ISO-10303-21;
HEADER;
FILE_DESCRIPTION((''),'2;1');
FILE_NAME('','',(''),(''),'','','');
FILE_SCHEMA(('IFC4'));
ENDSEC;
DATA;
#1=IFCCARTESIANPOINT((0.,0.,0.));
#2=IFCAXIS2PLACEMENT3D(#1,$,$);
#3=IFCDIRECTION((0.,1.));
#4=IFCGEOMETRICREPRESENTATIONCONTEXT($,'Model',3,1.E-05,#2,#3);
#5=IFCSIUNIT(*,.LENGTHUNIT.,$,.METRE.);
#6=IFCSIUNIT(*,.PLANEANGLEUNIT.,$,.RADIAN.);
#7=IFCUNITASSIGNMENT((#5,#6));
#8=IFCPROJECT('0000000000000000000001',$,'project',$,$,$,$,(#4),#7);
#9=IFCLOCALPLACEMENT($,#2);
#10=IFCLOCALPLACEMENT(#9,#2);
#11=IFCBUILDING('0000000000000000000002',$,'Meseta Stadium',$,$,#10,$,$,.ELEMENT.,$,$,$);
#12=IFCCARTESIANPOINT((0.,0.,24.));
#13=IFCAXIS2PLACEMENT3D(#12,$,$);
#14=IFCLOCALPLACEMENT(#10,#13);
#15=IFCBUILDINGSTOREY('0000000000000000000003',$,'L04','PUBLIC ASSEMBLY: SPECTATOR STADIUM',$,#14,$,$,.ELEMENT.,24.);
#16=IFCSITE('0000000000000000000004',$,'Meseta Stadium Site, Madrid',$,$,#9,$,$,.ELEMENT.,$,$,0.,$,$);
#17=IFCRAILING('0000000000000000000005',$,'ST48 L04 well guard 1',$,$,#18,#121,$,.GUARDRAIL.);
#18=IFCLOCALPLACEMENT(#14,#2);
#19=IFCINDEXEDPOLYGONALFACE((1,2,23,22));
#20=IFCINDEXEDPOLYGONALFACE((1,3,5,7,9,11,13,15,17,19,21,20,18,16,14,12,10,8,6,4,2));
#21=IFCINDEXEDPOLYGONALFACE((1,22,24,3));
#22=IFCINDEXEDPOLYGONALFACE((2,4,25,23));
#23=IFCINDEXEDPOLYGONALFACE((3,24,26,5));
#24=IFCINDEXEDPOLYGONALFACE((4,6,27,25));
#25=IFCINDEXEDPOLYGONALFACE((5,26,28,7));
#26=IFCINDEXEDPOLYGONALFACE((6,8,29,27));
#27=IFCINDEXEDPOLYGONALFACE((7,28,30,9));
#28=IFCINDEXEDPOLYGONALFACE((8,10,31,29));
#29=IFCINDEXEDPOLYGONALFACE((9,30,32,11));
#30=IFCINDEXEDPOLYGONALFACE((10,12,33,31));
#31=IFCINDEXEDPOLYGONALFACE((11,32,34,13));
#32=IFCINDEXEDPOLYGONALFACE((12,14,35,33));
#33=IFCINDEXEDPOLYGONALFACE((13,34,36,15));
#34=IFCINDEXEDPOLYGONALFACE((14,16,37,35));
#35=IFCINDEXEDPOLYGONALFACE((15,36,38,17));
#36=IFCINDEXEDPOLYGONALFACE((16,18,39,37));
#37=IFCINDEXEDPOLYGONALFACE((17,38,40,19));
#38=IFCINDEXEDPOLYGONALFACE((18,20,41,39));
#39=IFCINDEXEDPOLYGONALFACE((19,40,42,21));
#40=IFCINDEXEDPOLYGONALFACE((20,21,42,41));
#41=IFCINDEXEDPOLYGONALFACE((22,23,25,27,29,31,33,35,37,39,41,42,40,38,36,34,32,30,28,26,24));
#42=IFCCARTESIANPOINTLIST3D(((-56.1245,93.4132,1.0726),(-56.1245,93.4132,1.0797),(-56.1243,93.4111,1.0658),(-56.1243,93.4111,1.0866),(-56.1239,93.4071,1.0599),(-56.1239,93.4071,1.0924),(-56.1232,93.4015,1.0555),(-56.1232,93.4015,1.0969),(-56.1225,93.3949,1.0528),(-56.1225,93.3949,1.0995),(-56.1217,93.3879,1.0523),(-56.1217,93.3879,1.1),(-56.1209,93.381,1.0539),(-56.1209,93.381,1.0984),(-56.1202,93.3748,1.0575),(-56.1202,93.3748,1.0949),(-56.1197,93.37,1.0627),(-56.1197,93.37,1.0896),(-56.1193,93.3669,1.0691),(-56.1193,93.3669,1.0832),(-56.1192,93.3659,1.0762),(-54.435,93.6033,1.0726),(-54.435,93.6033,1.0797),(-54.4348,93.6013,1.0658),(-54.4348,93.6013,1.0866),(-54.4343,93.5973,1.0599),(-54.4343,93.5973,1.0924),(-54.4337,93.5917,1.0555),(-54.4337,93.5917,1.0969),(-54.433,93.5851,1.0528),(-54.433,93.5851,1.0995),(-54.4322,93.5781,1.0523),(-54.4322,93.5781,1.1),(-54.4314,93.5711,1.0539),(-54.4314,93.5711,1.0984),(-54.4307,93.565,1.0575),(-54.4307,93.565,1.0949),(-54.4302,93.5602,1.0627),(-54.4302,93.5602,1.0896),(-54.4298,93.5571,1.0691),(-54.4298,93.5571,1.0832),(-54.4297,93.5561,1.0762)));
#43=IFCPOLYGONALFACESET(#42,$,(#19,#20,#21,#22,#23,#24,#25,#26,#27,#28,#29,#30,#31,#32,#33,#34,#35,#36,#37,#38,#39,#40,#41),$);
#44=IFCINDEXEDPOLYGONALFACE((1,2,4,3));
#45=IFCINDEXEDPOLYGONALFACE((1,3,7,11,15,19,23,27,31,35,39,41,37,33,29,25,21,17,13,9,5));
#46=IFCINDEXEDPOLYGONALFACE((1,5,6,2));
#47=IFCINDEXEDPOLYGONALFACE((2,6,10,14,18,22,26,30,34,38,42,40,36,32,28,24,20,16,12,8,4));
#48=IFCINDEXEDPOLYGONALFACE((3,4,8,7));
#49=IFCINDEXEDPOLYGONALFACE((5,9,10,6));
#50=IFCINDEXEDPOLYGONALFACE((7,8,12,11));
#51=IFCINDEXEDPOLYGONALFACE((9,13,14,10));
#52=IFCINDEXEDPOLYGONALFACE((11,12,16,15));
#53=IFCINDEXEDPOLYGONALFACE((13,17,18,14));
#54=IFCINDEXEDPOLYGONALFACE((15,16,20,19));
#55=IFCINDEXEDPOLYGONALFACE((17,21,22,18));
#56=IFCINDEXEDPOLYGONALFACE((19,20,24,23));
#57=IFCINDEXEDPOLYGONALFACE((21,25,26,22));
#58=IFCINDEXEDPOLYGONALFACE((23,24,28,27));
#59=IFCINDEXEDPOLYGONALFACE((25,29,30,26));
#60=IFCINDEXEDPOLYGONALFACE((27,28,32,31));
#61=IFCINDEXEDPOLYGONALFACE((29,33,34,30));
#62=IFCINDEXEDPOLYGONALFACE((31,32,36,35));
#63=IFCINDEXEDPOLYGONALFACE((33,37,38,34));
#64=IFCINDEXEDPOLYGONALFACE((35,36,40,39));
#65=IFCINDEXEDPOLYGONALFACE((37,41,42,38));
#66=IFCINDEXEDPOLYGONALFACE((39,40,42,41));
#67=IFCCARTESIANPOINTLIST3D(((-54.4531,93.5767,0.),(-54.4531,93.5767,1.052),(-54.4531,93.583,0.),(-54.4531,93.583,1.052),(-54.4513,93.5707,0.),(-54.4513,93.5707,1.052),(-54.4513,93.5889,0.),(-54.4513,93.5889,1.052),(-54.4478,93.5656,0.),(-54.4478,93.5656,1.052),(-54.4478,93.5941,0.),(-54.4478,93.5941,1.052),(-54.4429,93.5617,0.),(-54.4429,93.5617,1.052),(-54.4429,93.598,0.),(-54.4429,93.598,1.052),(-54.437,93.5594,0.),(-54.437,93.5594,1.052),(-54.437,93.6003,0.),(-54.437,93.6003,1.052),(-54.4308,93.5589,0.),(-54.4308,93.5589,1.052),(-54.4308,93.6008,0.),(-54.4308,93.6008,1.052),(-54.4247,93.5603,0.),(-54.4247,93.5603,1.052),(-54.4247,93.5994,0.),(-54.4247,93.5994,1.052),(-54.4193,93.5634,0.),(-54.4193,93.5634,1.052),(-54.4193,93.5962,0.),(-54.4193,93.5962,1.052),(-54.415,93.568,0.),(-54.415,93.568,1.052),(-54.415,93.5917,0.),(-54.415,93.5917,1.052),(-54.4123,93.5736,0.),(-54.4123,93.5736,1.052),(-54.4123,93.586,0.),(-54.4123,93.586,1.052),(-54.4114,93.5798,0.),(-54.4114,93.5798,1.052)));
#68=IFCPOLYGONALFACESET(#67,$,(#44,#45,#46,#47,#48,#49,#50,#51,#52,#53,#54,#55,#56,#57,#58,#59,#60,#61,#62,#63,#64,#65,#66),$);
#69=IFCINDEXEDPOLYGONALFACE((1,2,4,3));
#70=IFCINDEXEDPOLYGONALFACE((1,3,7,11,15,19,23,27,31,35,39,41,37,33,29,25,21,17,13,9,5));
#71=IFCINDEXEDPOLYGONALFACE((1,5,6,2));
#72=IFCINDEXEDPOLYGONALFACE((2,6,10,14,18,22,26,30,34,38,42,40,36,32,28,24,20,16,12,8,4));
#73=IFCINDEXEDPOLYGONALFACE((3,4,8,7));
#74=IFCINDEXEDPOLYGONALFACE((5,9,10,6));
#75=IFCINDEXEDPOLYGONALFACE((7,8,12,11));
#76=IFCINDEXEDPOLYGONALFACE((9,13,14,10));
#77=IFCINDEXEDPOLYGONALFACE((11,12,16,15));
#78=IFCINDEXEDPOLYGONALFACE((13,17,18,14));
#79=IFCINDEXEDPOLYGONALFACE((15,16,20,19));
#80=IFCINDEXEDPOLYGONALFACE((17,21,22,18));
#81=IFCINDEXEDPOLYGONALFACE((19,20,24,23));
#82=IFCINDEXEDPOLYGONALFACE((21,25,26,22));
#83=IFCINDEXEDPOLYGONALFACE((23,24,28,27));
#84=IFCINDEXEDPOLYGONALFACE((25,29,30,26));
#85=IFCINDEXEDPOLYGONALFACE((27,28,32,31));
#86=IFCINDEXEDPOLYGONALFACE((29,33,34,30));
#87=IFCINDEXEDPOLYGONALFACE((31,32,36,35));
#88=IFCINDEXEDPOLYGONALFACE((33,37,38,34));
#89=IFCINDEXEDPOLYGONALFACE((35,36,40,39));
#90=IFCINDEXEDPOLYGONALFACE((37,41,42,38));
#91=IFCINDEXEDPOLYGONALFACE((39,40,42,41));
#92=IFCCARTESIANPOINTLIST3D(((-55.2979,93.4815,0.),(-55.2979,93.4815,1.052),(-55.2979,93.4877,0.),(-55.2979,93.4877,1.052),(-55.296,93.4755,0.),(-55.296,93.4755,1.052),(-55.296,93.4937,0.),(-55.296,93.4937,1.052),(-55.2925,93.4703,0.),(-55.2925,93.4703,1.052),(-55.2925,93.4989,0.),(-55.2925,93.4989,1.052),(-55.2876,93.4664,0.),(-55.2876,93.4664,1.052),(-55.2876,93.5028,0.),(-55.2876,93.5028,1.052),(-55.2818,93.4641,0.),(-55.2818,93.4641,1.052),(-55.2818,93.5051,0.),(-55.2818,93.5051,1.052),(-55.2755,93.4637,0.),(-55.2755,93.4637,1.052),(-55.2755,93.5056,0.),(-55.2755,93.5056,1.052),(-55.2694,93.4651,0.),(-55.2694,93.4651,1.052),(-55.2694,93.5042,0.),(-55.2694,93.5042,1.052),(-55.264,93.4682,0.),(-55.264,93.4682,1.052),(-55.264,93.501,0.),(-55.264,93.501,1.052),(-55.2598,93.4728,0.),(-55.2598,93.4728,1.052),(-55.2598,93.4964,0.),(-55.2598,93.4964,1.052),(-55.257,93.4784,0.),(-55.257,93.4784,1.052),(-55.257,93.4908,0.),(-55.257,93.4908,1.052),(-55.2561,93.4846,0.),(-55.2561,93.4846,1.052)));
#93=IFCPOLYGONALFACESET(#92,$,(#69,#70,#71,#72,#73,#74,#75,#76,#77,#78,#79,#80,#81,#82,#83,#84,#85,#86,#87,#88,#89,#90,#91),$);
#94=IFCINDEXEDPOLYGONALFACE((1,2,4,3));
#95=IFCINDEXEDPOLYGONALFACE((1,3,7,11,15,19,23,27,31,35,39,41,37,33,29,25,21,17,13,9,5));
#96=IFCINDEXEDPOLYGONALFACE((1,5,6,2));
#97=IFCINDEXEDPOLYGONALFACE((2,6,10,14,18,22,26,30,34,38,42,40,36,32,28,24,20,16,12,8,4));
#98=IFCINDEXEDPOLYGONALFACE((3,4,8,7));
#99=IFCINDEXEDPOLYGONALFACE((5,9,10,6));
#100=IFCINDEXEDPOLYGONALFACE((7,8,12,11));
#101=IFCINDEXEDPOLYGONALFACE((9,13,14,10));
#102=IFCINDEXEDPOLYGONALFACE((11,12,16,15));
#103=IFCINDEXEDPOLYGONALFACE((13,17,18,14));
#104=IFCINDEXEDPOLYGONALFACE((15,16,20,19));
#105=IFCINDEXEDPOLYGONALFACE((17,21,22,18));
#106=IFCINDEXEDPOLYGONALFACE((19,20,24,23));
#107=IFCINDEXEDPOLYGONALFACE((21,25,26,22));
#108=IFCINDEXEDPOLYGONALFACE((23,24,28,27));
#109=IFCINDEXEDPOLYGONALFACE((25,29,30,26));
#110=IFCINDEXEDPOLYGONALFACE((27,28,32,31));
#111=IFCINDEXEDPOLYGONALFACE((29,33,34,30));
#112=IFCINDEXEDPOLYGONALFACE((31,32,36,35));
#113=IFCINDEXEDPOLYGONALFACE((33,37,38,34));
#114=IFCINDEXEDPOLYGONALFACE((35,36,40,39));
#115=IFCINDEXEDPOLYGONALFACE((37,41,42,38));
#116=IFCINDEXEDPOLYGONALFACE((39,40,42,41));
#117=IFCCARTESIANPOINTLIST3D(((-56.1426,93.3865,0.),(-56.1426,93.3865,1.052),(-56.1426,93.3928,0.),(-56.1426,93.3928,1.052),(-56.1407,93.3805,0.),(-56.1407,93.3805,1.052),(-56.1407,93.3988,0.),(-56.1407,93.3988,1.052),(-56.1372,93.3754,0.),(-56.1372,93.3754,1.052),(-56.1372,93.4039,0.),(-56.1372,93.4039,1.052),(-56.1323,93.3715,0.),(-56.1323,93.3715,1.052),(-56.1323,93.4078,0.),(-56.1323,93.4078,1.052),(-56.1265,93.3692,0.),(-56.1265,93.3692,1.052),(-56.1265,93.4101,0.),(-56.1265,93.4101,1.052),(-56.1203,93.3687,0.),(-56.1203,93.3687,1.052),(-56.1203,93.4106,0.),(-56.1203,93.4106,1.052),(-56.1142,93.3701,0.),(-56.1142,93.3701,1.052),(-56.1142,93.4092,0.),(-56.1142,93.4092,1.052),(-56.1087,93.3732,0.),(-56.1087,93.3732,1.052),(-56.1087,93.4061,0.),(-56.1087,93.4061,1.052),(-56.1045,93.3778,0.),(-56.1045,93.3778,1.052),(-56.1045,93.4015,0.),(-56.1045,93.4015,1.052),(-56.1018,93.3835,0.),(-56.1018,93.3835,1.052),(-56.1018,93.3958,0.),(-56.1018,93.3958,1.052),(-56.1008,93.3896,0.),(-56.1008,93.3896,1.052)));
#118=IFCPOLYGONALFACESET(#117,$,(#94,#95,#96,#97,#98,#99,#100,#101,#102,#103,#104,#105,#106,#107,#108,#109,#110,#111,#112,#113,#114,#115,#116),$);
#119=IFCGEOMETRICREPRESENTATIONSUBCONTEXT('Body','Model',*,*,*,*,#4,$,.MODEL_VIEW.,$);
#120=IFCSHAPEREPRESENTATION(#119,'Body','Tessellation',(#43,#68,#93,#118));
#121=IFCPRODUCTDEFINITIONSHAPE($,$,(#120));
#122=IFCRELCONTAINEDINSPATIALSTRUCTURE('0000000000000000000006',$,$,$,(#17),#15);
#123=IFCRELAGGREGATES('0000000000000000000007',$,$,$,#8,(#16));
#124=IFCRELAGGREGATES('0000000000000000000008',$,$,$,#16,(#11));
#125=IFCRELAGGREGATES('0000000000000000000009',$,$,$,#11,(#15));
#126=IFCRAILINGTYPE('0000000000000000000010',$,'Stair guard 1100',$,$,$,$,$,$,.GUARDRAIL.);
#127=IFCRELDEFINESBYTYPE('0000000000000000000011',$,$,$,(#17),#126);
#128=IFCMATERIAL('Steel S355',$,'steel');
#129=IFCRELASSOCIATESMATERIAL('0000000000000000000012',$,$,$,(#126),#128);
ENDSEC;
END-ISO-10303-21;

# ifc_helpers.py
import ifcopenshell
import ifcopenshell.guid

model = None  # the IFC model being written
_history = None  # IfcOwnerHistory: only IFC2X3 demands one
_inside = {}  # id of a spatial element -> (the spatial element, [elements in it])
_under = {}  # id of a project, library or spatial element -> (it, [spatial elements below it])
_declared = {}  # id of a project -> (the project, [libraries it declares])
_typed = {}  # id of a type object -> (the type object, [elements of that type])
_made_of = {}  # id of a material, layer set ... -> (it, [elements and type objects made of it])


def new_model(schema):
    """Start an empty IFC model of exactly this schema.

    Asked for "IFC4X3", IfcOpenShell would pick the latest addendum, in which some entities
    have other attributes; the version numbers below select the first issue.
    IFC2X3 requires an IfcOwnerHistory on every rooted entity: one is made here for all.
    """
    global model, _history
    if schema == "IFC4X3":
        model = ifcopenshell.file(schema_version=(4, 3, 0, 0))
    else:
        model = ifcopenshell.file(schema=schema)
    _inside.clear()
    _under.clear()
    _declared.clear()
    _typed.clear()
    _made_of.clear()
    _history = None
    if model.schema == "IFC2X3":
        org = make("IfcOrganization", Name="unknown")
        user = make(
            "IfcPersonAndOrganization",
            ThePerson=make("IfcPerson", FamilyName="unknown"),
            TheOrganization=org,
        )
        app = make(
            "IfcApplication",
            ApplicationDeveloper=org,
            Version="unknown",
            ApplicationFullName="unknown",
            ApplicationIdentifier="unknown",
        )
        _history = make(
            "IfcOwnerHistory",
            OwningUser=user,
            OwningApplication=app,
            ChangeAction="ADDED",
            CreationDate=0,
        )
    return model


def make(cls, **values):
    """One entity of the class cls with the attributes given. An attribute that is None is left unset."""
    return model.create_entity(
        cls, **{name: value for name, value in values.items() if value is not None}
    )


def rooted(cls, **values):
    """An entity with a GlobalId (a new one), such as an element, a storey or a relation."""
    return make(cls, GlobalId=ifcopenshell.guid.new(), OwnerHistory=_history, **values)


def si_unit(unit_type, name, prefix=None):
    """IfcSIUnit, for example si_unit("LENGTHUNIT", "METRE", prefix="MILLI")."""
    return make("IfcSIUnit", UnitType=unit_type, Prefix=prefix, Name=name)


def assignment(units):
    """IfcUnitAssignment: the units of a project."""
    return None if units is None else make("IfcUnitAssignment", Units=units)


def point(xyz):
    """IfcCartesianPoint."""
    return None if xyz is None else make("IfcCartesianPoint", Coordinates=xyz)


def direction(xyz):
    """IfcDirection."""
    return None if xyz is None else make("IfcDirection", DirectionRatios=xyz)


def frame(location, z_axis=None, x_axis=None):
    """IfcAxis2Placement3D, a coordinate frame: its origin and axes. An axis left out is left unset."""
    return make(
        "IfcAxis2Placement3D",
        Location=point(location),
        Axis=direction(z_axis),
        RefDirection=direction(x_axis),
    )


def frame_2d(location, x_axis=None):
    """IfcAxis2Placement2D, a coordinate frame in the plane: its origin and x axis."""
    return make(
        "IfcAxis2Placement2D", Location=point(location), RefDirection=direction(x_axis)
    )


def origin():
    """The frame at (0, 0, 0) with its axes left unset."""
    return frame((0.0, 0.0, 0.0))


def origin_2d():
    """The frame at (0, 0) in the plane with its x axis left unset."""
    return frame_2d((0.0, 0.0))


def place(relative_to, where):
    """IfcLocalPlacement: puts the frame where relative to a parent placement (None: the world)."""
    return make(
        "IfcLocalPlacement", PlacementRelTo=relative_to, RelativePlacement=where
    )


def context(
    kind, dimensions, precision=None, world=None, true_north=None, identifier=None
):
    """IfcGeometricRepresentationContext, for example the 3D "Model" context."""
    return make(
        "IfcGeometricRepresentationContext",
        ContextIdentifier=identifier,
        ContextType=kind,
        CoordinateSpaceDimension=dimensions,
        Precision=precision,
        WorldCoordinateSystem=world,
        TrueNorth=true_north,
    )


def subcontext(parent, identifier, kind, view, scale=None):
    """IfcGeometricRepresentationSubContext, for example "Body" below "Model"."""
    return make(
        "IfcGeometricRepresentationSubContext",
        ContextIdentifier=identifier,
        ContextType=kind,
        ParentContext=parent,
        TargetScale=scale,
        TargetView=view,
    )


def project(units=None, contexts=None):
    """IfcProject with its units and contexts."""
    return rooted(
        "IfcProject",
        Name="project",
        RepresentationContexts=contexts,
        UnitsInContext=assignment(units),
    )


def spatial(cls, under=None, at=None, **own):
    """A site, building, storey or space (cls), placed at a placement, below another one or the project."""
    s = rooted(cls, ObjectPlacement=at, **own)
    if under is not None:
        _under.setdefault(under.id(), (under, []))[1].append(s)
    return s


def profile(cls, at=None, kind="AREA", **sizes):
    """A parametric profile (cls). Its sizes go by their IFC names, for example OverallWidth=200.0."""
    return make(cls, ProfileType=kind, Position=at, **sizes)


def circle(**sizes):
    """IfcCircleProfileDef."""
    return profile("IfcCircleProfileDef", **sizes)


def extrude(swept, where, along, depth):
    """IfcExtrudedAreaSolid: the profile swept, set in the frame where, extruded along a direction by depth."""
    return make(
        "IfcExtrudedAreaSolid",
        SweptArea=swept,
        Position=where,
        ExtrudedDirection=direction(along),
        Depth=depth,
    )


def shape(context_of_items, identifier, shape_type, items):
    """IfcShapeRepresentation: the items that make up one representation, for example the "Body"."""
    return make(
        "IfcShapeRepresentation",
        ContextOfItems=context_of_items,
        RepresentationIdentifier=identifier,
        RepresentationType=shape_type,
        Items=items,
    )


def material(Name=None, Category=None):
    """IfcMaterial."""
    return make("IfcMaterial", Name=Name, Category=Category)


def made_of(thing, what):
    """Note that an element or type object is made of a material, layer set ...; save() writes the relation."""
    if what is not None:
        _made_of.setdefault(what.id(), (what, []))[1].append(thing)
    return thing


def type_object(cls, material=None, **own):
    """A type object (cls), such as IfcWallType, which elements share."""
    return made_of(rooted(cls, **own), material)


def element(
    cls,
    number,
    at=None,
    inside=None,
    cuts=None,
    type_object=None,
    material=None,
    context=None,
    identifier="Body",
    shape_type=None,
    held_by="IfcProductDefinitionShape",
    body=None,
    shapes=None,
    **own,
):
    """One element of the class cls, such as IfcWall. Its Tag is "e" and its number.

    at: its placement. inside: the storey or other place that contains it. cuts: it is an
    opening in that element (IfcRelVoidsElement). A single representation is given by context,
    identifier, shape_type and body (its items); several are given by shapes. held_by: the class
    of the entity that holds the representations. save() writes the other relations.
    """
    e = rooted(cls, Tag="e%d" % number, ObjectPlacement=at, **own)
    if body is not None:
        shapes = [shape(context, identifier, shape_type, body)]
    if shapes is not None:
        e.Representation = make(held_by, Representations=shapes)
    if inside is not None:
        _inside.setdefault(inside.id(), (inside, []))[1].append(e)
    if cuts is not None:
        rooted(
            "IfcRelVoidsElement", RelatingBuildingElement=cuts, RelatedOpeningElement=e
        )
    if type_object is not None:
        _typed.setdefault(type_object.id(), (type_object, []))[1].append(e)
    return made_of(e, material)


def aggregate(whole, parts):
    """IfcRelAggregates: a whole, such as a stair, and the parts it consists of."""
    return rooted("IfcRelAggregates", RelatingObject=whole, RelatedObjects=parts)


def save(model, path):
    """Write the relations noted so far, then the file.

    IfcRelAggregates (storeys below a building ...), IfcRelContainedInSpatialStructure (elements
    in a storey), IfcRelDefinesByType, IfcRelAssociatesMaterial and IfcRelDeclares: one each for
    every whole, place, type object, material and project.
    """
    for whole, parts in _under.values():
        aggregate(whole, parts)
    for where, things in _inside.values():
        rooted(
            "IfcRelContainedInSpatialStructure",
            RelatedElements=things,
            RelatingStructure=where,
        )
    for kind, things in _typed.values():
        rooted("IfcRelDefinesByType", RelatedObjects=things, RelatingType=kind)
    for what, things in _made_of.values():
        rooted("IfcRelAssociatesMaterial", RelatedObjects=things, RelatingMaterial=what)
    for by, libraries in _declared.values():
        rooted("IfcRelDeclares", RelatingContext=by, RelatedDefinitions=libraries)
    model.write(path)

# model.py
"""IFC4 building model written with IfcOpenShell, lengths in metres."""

from ifc_helpers import new_model, si_unit, direction, frame, origin, origin_2d, place, context, subcontext, project, spatial, circle, extrude, material, type_object, element, save


model = new_model("IFC4")

# Units and contexts
model_context = context("Model", 3, precision=1e-05, world=origin(), true_north=direction((0.0, 1.0)))
body_context = subcontext(model_context, "Body", "Model", "MODEL_VIEW")
ifc_project = project(units=[si_unit("LENGTHUNIT", "METRE"), si_unit("PLANEANGLEUNIT", "RADIAN")], contexts=[model_context])

# Site, building, storey
site_placement = place(None, origin())
site = spatial("IfcSite", under=ifc_project, at=site_placement, Name="Meseta Stadium Site, Madrid", CompositionType="ELEMENT", RefElevation=0.0)
building_placement = place(site_placement, origin())
building = spatial("IfcBuilding", under=site, at=building_placement, Name="Meseta Stadium", CompositionType="ELEMENT")
storey_placement = place(building_placement, frame((0.0, 0.0, 24.0)))
storey = spatial("IfcBuildingStorey", under=building, at=storey_placement, Name="L04", Description="PUBLIC ASSEMBLY: SPECTATOR STADIUM", CompositionType="ELEMENT", Elevation=24.0)

# Railing
ifc_material_1 = material(Name="Steel S355", Category="steel")
railing_type = type_object("IfcRailingType", Name="Stair guard 1100", PredefinedType="GUARDRAIL", material=ifc_material_1)
for number, where, name in (
    (1, (-54.4324, 93.5798, 0.0), "ST48 L04 well guard 1"),
):
    element("IfcRailing", number, at=place(storey_placement, frame(where)), inside=storey, type_object=railing_type, Name=name, PredefinedType="GUARDRAIL", context=body_context, shape_type="SweptSolid", body=[
        extrude(circle(Radius=0.0239, at=origin_2d()), frame((0.0, 0.0, 1.0762), z_axis=(-0.993723, -0.111866, 0.0), x_axis=(0.111866, -0.993723, 0.0)), (0.0, 0.0, 1.0), 1.7002),
        extrude(circle(Radius=0.021, at=origin_2d()), origin(), (0.0, 0.0, 1.0), 1.052),
        extrude(circle(Radius=0.021, at=origin_2d()), frame((-0.8447, -0.0952, 0.0)), (0.0, 0.0, 1.0), 1.052),
        extrude(circle(Radius=0.021, at=origin_2d()), frame((-1.6895, -0.1902, 0.0)), (0.0, 0.0, 1.0), 1.052),
    ])

save(model, "model.ifc")
